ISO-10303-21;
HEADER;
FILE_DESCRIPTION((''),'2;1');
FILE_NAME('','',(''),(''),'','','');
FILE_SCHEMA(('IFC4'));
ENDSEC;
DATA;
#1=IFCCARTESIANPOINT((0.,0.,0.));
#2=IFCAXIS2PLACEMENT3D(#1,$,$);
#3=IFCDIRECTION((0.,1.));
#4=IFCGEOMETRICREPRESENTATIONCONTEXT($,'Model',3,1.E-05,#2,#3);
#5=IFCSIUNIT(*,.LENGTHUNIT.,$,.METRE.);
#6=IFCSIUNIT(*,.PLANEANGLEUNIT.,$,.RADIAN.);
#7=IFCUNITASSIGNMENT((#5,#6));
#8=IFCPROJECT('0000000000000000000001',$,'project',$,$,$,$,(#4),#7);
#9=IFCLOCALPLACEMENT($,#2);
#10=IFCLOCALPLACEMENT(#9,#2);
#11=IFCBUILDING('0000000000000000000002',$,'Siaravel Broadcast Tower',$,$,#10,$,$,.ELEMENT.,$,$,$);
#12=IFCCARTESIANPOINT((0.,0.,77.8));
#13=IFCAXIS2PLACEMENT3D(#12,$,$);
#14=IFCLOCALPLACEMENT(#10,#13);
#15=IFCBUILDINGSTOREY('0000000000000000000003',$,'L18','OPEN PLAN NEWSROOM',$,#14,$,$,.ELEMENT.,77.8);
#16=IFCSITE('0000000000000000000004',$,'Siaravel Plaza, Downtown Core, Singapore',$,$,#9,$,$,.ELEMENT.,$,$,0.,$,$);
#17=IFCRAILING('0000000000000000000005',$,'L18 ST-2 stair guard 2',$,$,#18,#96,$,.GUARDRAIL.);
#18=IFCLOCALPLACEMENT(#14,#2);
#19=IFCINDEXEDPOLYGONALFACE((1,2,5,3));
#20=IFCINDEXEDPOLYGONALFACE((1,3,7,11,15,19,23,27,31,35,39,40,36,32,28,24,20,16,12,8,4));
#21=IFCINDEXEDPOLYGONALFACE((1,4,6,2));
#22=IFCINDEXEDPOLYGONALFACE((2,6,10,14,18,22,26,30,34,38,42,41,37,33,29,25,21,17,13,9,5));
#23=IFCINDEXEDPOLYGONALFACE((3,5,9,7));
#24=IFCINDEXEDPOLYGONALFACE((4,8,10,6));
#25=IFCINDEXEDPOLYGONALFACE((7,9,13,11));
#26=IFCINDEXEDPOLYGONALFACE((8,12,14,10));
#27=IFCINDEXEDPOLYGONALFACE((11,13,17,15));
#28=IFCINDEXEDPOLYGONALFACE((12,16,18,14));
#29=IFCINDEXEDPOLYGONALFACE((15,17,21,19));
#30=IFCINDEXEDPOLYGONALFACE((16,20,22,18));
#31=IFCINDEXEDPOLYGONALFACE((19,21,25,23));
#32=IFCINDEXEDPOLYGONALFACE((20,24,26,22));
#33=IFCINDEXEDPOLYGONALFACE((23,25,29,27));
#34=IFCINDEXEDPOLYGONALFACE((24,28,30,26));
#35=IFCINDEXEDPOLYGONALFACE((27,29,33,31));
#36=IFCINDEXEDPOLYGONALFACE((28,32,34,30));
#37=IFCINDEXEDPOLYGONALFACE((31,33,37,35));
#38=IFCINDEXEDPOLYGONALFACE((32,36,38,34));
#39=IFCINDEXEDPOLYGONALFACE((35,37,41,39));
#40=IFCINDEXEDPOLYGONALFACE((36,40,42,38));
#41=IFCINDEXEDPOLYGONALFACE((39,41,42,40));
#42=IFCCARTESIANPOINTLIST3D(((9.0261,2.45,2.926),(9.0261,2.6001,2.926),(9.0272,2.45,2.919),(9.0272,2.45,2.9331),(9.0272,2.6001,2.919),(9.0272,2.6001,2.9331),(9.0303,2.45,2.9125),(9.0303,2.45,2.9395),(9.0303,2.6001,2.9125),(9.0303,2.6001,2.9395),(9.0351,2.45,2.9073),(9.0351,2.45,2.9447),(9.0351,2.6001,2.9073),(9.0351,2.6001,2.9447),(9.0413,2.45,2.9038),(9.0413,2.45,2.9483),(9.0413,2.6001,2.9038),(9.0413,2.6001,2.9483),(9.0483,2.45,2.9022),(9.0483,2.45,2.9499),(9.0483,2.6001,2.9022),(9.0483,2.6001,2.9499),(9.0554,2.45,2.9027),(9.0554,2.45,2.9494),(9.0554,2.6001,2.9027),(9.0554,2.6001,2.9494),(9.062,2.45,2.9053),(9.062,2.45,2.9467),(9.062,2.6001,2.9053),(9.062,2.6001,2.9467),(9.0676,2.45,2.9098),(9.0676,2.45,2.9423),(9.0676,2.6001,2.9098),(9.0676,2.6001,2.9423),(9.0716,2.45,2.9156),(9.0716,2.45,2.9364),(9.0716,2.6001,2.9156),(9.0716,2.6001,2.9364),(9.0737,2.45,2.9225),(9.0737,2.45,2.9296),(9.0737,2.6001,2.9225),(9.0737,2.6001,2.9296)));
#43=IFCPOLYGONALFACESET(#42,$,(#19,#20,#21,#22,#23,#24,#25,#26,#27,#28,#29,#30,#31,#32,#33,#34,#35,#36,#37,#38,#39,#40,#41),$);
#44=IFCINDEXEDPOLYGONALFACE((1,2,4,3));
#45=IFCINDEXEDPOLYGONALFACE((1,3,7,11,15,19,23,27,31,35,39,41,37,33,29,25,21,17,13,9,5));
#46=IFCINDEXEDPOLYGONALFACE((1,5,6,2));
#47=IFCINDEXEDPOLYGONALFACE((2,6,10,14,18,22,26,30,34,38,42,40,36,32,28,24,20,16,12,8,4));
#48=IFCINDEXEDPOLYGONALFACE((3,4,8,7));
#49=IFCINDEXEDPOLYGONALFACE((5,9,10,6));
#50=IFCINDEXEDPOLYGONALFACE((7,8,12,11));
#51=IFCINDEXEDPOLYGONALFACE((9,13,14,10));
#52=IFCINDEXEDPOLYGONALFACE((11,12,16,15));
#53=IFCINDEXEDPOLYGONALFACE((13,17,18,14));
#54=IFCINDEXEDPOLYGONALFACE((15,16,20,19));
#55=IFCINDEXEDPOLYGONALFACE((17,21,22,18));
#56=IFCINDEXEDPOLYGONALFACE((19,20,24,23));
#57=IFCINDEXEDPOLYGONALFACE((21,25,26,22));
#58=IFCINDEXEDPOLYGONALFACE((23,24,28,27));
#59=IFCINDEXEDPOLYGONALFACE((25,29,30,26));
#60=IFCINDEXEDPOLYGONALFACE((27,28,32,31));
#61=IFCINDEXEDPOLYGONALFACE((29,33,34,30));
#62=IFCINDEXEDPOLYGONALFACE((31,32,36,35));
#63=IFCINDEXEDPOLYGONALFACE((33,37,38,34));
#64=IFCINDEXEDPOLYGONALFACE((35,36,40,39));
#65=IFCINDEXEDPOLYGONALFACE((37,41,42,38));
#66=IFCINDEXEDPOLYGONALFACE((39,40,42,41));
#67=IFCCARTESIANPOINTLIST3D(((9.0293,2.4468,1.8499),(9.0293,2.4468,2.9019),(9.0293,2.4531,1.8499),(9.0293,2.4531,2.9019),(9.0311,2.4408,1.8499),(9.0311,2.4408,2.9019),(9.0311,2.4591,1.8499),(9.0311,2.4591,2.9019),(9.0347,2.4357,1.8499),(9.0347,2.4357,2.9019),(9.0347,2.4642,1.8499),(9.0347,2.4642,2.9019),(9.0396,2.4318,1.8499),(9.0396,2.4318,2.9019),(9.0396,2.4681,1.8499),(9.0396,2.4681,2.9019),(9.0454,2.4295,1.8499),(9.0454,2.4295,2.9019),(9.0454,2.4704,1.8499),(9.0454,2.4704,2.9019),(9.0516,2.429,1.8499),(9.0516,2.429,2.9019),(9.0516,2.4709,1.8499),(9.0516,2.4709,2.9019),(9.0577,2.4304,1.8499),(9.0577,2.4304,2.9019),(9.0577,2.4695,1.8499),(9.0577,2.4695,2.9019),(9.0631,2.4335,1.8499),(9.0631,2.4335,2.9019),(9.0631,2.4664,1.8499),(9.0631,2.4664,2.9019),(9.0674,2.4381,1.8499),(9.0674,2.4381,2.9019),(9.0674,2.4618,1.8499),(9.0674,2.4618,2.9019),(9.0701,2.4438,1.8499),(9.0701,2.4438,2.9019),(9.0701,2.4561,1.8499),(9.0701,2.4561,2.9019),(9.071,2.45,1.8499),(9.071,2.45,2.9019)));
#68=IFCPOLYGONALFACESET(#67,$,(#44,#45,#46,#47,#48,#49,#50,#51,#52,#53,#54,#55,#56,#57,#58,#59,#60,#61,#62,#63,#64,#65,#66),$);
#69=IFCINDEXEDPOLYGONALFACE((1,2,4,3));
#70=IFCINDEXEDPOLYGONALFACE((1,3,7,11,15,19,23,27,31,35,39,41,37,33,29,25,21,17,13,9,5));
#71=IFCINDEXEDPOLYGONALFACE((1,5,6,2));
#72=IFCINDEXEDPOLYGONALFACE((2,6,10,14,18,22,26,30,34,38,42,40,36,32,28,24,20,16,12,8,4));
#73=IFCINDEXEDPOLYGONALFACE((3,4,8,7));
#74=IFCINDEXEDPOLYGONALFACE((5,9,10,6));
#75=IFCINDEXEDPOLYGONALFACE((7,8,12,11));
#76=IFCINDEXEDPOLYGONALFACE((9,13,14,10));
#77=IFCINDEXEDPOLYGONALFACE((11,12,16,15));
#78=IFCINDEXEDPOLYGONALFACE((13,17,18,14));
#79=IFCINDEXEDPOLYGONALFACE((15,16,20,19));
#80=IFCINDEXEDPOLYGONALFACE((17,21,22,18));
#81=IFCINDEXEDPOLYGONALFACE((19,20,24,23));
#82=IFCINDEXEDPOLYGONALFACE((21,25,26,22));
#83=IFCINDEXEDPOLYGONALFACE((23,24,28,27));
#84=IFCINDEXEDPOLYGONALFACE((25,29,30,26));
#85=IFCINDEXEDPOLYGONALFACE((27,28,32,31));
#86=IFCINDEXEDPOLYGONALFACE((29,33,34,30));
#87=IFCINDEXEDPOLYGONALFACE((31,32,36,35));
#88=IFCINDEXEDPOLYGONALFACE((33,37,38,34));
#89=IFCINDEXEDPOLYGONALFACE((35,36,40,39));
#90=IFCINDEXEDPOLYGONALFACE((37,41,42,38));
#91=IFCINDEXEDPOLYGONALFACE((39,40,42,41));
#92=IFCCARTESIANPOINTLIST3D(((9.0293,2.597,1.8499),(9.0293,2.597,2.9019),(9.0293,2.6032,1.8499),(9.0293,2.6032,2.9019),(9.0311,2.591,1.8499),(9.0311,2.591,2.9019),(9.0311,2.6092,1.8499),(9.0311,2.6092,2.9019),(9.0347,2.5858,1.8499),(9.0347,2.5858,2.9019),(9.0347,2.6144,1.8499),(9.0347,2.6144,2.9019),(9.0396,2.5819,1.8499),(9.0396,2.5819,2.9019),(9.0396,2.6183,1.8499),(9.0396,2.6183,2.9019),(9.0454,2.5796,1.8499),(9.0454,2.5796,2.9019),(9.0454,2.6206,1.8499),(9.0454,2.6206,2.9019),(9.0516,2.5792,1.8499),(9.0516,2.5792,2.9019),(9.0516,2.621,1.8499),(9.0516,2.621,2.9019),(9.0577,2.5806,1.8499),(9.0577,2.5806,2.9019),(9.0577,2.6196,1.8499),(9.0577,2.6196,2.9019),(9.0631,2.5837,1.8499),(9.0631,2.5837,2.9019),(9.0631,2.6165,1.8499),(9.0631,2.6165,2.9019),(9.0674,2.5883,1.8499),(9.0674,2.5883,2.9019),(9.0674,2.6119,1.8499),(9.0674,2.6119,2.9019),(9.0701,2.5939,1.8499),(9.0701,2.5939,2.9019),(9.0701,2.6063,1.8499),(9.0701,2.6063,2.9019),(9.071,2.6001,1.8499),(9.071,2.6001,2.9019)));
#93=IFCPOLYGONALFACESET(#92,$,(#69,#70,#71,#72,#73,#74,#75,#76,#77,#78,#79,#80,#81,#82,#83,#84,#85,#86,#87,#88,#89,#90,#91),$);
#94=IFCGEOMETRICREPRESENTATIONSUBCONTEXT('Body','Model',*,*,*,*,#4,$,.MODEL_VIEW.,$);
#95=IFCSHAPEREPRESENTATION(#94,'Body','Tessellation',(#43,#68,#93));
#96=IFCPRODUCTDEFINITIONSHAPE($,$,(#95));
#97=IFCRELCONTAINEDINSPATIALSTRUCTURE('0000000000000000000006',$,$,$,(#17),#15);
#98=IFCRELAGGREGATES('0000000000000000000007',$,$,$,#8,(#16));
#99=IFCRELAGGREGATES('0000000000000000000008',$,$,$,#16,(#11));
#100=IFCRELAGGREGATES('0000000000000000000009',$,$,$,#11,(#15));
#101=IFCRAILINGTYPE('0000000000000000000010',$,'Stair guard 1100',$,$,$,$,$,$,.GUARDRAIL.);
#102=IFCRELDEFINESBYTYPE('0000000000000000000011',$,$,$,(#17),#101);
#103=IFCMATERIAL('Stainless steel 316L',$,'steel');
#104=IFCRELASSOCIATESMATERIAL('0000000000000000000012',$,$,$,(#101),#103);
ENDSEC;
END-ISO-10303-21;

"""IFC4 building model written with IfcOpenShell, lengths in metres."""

from ifc_helpers import new_model, si_unit, direction, frame, origin, origin_2d, place, context, subcontext, project, spatial, circle, extrude, material, type_object, element, save


model = new_model("IFC4")

# Units and contexts
model_context = context("Model", 3, precision=1e-05, world=origin(), true_north=direction((0.0, 1.0)))
body_context = subcontext(model_context, "Body", "Model", "MODEL_VIEW")
ifc_project = project(units=[si_unit("LENGTHUNIT", "METRE"), si_unit("PLANEANGLEUNIT", "RADIAN")], contexts=[model_context])

# Site, building, storey
site_placement = place(None, origin())
site = spatial("IfcSite", under=ifc_project, at=site_placement, Name="Siaravel Plaza, Downtown Core, Singapore", CompositionType="ELEMENT", RefElevation=0.0)
building_placement = place(site_placement, origin())
building = spatial("IfcBuilding", under=site, at=building_placement, Name="Siaravel Broadcast Tower", CompositionType="ELEMENT")
storey_placement = place(building_placement, frame((0.0, 0.0, 77.8)))
storey = spatial("IfcBuildingStorey", under=building, at=storey_placement, Name="L18", Description="OPEN PLAN NEWSROOM", CompositionType="ELEMENT", Elevation=77.8)

# Railing
ifc_material_1 = material(Name="Stainless steel 316L", Category="steel")
railing_type_1 = type_object("IfcRailingType", Name="Stair guard 1100", PredefinedType="GUARDRAIL", material=ifc_material_1)
railing_1_placement = place(storey_placement, frame((9.05, 2.45, 1.8499)))
element("IfcRailing", 1, at=railing_1_placement, inside=storey, type_object=railing_type_1, Name="L18 ST-2 stair guard 2", PredefinedType="GUARDRAIL", context=body_context, shape_type="SweptSolid", body=[
    extrude(circle(Radius=0.0239, at=origin_2d()), frame((0.0, 0.0, 1.0762), z_axis=(0.0, 1.0, 0.0), x_axis=(-1.0, 0.0, 0.0)), (0.0, 0.0, 1.0), 0.1501),
    extrude(circle(Radius=0.021, at=origin_2d()), origin(), (0.0, 0.0, 1.0), 1.052),
    extrude(circle(Radius=0.021, at=origin_2d()), frame((0.0, 0.1501, 0.0)), (0.0, 0.0, 1.0), 1.052),
])

save(model, "model.ifc")
